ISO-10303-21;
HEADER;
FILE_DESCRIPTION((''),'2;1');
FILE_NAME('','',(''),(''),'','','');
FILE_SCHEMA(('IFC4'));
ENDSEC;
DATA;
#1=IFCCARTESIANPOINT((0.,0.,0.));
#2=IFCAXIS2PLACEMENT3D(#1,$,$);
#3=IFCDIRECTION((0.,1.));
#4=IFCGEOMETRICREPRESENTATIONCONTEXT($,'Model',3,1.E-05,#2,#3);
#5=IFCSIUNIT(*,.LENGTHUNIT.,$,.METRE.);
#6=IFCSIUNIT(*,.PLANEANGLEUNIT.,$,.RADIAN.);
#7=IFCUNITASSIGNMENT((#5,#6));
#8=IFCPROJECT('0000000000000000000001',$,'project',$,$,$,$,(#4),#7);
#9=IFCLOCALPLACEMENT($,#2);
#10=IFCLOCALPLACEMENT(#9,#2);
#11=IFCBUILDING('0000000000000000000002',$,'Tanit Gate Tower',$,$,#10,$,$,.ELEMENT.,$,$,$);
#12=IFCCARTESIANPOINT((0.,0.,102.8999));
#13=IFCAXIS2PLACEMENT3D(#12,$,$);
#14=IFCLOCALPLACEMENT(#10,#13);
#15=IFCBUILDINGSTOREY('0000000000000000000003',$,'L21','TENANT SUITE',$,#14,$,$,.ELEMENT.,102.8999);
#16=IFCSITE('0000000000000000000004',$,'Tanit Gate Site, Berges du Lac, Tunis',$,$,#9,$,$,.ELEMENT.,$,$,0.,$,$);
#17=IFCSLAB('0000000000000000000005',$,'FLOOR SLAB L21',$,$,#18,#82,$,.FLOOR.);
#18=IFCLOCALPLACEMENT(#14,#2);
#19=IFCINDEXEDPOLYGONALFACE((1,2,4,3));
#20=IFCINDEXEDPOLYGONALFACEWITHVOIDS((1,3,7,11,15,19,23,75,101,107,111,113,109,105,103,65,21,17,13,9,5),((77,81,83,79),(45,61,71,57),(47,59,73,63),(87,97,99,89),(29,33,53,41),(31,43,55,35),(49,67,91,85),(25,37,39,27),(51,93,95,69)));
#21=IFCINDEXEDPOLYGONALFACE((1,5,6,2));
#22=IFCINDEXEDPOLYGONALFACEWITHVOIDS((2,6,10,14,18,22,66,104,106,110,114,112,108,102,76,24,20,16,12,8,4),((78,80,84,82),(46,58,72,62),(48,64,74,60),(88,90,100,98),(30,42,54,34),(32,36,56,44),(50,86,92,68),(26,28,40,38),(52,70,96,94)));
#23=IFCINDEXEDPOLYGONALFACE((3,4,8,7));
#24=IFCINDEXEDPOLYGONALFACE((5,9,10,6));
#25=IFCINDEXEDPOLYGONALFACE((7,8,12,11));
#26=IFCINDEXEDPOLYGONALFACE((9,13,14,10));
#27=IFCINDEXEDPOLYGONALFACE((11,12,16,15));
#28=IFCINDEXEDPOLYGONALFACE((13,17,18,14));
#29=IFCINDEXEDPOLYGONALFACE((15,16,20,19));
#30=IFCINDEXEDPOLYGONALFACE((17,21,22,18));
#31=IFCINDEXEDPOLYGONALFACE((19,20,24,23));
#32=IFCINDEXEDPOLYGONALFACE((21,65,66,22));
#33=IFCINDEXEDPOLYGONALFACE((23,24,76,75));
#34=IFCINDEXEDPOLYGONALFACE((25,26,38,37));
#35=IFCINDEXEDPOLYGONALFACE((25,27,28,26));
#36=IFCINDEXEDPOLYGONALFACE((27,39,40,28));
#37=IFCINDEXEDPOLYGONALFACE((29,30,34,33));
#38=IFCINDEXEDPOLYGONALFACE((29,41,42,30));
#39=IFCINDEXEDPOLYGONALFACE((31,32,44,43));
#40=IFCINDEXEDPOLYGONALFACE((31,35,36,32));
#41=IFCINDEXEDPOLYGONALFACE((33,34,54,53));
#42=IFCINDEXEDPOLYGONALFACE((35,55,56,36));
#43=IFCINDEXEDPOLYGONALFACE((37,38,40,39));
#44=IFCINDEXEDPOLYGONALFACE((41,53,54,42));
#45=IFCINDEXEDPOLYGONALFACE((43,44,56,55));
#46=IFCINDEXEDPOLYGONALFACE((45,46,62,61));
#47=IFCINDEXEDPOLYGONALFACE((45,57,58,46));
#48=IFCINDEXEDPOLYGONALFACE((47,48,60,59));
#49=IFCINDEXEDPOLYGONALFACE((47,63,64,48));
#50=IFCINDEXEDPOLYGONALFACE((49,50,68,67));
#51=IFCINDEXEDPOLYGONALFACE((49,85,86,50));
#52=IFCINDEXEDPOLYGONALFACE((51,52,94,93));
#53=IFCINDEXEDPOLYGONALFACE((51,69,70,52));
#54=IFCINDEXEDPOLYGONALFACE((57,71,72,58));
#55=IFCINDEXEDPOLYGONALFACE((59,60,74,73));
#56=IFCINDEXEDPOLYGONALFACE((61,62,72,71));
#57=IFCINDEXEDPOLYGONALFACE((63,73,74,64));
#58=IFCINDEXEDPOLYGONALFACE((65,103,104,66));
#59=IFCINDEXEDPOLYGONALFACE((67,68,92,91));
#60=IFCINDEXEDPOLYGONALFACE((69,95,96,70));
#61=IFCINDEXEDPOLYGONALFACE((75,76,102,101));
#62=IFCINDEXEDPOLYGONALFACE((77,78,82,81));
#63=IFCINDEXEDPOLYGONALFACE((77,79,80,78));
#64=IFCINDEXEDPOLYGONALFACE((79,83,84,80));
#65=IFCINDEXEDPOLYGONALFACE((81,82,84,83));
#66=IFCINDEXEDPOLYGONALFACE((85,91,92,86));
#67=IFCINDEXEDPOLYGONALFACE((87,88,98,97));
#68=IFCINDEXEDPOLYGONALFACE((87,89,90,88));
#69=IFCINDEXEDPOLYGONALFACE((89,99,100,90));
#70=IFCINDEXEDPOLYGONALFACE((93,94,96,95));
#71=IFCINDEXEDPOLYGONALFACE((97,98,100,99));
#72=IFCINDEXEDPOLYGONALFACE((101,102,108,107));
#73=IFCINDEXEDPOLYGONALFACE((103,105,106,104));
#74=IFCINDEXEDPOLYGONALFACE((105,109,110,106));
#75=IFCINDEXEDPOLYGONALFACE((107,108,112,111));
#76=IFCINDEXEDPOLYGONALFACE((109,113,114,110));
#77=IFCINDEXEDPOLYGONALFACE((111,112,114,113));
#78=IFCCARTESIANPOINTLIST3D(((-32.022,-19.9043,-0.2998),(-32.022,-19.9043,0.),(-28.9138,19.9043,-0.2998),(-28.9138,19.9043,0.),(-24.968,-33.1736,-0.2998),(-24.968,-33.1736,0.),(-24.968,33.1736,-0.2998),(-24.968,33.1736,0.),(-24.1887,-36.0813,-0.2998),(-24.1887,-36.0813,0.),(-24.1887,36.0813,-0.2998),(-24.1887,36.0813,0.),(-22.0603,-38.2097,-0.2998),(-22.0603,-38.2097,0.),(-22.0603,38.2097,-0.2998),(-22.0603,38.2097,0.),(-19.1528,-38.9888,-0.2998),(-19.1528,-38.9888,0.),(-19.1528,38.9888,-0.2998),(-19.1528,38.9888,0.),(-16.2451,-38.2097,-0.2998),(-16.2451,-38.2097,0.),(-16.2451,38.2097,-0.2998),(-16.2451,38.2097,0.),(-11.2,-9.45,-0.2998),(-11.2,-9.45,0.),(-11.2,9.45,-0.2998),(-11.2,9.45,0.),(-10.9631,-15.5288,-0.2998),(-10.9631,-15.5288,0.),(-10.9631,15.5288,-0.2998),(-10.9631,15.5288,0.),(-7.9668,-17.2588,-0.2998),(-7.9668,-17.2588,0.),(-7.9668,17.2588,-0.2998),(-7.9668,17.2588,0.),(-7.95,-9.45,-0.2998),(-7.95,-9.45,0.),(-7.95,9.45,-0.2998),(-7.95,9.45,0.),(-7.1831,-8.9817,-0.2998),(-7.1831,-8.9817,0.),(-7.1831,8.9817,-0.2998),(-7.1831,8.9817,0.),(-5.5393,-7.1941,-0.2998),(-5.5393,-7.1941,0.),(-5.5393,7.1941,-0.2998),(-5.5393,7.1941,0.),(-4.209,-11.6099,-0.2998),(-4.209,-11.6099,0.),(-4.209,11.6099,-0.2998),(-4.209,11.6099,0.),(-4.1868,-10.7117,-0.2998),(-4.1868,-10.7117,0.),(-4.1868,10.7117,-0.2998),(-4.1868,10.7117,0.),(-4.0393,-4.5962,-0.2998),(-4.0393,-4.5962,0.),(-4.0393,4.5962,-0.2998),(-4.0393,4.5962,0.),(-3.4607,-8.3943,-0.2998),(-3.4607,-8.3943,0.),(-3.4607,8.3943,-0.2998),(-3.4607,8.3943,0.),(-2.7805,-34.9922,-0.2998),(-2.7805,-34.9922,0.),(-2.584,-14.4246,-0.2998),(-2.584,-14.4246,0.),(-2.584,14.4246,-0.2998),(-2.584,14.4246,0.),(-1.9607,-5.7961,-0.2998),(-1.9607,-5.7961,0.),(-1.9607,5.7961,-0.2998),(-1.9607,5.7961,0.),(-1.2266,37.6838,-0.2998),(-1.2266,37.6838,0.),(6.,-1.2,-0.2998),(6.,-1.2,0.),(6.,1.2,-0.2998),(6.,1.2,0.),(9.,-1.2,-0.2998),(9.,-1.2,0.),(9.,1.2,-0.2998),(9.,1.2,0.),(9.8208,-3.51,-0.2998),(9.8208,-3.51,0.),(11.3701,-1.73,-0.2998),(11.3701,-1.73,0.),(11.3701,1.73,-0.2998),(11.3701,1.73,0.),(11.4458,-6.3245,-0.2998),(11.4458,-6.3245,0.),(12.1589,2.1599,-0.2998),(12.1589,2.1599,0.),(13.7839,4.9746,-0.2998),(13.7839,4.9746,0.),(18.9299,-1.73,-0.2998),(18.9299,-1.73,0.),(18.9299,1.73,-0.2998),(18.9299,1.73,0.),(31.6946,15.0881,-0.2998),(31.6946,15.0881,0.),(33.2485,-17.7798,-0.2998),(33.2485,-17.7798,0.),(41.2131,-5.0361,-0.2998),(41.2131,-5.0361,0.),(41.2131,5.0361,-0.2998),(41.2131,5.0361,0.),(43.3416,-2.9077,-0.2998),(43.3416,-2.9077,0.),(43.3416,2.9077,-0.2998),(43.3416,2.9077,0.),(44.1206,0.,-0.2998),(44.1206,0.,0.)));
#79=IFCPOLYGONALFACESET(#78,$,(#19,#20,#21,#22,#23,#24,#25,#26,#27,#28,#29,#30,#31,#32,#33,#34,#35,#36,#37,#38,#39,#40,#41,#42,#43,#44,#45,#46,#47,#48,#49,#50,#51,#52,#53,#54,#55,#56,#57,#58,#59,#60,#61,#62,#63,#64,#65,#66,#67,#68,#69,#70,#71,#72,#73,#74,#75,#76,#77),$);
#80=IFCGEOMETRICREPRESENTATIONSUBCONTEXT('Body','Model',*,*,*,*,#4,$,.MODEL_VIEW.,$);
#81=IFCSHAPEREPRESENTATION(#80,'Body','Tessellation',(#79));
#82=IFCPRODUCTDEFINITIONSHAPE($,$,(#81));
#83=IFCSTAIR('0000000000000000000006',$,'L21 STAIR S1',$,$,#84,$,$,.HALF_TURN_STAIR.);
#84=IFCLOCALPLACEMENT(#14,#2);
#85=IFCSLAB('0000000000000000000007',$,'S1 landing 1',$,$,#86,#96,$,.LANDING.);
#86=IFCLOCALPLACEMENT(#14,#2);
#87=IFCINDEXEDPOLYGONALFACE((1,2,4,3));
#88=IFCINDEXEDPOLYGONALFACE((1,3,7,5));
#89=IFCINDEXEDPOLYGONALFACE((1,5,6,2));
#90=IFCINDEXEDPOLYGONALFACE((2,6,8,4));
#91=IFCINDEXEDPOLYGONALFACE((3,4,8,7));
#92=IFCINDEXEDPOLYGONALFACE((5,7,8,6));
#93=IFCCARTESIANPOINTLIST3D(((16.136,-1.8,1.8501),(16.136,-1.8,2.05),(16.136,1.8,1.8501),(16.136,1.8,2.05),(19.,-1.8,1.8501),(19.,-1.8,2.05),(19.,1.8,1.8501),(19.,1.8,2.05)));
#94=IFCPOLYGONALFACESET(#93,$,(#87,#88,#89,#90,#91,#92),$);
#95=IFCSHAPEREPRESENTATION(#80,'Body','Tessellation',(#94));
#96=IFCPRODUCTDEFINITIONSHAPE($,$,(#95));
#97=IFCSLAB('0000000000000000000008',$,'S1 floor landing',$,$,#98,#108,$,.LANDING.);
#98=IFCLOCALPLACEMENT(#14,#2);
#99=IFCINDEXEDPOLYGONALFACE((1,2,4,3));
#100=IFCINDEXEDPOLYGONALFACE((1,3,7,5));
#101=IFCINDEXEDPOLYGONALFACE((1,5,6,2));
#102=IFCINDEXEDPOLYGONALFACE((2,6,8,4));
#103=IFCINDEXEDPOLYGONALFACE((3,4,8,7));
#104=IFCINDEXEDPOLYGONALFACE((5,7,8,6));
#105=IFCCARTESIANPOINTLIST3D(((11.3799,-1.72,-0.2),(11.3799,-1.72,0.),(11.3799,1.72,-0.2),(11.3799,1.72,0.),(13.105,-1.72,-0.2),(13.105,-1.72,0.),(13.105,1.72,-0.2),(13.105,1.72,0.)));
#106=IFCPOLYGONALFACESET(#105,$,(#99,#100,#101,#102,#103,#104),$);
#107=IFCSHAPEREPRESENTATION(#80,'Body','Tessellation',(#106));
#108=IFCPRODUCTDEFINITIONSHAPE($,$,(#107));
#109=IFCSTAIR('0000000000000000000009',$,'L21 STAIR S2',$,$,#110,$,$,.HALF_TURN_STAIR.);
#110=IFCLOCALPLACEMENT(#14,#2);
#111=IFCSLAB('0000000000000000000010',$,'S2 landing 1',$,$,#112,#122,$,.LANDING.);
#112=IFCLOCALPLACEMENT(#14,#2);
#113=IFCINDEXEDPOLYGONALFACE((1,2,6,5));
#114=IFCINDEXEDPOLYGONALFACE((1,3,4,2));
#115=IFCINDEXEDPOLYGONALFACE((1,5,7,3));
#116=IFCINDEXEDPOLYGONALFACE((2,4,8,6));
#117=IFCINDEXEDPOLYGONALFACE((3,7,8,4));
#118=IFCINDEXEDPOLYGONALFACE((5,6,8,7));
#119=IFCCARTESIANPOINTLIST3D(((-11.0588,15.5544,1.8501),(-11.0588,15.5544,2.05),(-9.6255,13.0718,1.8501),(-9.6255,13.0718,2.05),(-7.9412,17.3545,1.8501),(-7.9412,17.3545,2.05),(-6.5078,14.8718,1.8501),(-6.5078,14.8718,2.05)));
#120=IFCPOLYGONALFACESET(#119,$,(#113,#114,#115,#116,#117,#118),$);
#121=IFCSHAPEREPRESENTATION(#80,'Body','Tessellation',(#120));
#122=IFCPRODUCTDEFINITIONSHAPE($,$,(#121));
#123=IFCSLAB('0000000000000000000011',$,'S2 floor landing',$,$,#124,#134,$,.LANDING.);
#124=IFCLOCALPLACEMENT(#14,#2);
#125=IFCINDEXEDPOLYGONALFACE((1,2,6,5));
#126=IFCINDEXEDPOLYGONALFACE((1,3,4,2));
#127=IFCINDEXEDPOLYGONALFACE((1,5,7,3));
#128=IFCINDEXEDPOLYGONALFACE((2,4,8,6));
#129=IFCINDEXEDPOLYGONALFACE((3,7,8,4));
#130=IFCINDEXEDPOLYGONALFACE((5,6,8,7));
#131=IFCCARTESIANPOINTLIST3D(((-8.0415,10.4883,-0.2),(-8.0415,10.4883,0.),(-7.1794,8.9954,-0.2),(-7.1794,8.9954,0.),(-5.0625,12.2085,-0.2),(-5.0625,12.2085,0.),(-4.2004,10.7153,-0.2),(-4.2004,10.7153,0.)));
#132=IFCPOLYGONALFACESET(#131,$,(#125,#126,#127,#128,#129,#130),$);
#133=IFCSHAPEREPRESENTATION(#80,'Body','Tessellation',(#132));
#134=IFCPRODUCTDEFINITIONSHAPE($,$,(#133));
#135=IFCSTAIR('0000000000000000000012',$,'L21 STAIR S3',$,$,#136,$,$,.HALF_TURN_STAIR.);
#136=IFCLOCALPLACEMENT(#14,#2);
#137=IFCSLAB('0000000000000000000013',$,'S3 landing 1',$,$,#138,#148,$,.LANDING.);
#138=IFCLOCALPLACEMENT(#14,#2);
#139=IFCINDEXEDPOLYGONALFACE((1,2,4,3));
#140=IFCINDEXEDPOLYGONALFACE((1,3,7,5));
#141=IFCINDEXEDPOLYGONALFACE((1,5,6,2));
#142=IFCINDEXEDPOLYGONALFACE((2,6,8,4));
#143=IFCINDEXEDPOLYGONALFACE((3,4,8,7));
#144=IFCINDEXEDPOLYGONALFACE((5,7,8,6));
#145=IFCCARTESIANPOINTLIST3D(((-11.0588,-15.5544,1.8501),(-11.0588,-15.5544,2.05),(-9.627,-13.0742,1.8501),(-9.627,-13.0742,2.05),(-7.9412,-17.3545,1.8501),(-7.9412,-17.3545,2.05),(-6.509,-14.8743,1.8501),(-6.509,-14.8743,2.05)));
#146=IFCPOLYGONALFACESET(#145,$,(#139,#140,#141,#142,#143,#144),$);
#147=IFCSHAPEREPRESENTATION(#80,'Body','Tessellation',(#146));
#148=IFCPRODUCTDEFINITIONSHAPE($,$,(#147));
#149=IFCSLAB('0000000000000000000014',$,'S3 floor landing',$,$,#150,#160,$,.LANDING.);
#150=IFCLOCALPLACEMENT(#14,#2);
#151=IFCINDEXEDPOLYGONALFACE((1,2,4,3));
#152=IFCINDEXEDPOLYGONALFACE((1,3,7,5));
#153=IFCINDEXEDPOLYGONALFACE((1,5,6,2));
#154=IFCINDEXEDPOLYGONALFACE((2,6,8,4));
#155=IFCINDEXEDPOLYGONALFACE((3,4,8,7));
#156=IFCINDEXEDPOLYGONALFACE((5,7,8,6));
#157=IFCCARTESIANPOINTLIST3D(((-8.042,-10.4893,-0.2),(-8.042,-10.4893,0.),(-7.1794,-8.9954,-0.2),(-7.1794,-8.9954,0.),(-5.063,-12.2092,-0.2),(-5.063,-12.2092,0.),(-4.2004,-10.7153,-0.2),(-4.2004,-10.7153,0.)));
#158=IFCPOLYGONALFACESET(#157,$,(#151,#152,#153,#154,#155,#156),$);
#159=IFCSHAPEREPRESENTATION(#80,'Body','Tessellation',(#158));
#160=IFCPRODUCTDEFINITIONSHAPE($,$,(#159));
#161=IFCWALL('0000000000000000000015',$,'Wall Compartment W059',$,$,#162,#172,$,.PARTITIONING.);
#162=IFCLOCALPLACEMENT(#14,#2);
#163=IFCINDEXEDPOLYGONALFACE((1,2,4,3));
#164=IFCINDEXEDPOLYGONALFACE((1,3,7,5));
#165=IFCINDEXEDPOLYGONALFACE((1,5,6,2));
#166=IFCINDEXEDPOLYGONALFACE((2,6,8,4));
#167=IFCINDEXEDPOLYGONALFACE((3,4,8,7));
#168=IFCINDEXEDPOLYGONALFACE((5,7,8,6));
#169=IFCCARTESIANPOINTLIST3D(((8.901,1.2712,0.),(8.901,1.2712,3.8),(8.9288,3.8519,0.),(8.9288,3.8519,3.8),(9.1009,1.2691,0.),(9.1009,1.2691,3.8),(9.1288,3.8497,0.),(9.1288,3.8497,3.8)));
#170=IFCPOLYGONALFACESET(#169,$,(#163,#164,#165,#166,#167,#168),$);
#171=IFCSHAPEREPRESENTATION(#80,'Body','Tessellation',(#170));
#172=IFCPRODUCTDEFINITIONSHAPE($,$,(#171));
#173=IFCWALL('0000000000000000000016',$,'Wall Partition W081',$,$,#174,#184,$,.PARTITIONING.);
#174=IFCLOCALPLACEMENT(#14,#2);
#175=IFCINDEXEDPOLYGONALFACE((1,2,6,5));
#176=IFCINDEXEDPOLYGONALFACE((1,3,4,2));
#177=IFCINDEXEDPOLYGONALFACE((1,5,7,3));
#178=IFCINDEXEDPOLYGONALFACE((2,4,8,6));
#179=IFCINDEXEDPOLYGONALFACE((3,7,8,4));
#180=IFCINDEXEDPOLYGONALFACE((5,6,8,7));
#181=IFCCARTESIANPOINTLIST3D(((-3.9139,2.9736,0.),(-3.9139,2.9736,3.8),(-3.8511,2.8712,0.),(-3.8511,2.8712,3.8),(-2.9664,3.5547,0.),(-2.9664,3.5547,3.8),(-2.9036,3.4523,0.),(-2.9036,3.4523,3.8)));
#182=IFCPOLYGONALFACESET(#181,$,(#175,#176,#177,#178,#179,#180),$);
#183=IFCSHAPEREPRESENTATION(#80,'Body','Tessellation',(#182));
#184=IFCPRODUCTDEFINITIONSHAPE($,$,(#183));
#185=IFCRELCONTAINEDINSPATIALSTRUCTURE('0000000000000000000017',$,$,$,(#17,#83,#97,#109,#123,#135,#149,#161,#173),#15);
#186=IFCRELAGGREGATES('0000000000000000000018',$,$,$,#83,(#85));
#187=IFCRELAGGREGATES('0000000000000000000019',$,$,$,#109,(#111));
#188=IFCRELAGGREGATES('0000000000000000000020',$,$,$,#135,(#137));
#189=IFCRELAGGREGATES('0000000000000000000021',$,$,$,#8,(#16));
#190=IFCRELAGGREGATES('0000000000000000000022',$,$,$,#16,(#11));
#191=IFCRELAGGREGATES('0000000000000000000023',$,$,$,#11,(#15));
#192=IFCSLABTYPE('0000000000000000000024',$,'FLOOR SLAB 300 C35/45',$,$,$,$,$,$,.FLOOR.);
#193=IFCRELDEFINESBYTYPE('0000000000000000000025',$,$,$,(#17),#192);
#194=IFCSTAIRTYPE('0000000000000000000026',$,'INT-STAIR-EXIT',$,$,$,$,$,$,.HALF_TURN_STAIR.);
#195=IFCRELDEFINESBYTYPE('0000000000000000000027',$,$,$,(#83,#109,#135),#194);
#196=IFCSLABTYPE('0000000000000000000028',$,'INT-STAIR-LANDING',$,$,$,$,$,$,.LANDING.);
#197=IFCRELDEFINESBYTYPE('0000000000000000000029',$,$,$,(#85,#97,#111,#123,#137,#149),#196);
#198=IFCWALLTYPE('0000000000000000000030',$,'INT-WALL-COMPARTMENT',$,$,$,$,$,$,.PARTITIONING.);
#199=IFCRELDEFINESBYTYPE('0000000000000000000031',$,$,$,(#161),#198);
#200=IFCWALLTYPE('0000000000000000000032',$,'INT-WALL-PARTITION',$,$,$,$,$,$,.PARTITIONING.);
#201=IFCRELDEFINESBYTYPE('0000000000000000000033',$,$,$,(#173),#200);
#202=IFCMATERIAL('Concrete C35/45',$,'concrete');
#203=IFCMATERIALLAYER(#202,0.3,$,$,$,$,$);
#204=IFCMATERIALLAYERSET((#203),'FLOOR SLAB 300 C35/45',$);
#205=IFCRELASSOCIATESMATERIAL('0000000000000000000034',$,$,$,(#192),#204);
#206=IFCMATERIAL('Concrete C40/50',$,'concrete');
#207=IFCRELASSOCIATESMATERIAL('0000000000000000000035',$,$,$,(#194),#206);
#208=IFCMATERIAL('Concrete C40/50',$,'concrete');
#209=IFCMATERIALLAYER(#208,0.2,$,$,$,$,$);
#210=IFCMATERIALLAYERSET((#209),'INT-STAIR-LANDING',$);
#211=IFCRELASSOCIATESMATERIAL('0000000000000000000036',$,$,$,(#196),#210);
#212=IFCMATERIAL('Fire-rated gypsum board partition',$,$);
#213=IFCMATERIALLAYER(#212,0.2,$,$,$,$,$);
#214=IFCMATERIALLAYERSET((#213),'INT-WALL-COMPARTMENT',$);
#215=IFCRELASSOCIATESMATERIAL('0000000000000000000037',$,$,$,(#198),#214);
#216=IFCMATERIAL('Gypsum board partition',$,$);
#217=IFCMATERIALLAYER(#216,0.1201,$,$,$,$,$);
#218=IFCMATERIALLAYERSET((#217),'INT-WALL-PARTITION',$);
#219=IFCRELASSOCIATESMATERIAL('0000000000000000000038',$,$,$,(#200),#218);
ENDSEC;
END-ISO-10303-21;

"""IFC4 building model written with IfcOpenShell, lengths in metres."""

from ifc_helpers import new_model, si_unit, direction, frame, frame_2d, origin, place, context, subcontext, project, spatial, polyline, rectangle, outline, extrude, material, layer, layer_set, type_object, element, aggregate, save


model = new_model("IFC4")

# Units and contexts
model_context = context("Model", 3, precision=1e-05, world=origin(), true_north=direction((0.0, 1.0)))
body_context = subcontext(model_context, "Body", "Model", "MODEL_VIEW")
ifc_project = project(units=[si_unit("LENGTHUNIT", "METRE"), si_unit("PLANEANGLEUNIT", "RADIAN")], contexts=[model_context])

# Site, building, storey
site_placement = place(None, origin())
site = spatial("IfcSite", under=ifc_project, at=site_placement, Name="Tanit Gate Site, Berges du Lac, Tunis", CompositionType="ELEMENT", RefElevation=0.0)
building_placement = place(site_placement, origin())
building = spatial("IfcBuilding", under=site, at=building_placement, Name="Tanit Gate Tower", CompositionType="ELEMENT")
storey_placement = place(building_placement, frame((0.0, 0.0, 102.8999)))
storey = spatial("IfcBuildingStorey", under=building, at=storey_placement, Name="L21", Description="TENANT SUITE", CompositionType="ELEMENT", Elevation=102.8999)

# Slab
ifc_material_1 = material(Name="Concrete C35/45", Category="concrete")
ifc_layer_1 = layer(ifc_material_1, 0.3)
ifc_layer_set_1 = layer_set([ifc_layer_1], Name="FLOOR SLAB 300 C35/45")
slab_type_1 = type_object("IfcSlabType", Name="FLOOR SLAB 300 C35/45", PredefinedType="FLOOR", material=ifc_layer_set_1)
slab_1_placement = place(storey_placement, frame((0.0, 0.0, -0.2998)))
element("IfcSlab", 1, at=slab_1_placement, inside=storey, type_object=slab_type_1, Name="FLOOR SLAB L21", PredefinedType="FLOOR", context=body_context, shape_type="SweptSolid", body=[
    extrude(outline(polyline([(41.2131, 5.0361), (43.3416, 2.9077), (44.1206, 0.0), (43.3416, -2.9077), (41.2131, -5.0361), (33.2485, -17.7798), (-2.7805, -34.9922), (-16.2451, -38.2097), (-19.1528, -38.9888), (-22.0603, -38.2097), (-24.1887, -36.0813), (-24.968, -33.1736), (-32.022, -19.9043), (-28.9138, 19.9043), (-24.968, 33.1736), (-24.1887, 36.0813), (-22.0603, 38.2097), (-19.1528, 38.9888), (-16.2451, 38.2097), (-1.2266, 37.6838), (31.6946, 15.0881), (41.2131, 5.0361)]), holes=[polyline([(11.3701, 1.73), (18.9299, 1.73), (18.9299, -1.73), (11.3701, -1.73), (11.3701, 1.73)]), polyline([(-4.209, 11.6099), (-2.584, 14.4246), (13.7839, 4.9746), (12.1589, 2.1599), (-4.209, 11.6099)]), polyline([(-4.209, -11.6099), (9.8208, -3.51), (11.4458, -6.3245), (-2.584, -14.4246), (-4.209, -11.6099)]), polyline([(9.0, 1.2), (9.0, -1.2), (6.0, -1.2), (6.0, 1.2), (9.0, 1.2)]), polyline([(-5.5393, 7.1941), (-3.4607, 8.3943), (-1.9607, 5.7961), (-4.0393, 4.5962), (-5.5393, 7.1941)]), polyline([(-1.9607, -5.7961), (-3.4607, -8.3943), (-5.5393, -7.1941), (-4.0393, -4.5962), (-1.9607, -5.7961)]), polyline([(-10.9631, 15.5288), (-7.9668, 17.2588), (-4.1868, 10.7117), (-7.1831, 8.9817), (-10.9631, 15.5288)]), polyline([(-4.1868, -10.7117), (-7.9668, -17.2588), (-10.9631, -15.5288), (-7.1831, -8.9817), (-4.1868, -10.7117)]), polyline([(-11.2, -9.45), (-11.2, 9.45), (-7.95, 9.45), (-7.95, -9.45), (-11.2, -9.45)])]), origin(), (0.0, 0.0, 1.0), 0.2998),
])

# Stair, slab
ifc_material_2 = material(Name="Concrete C40/50", Category="concrete")
stair_type = type_object("IfcStairType", Name="INT-STAIR-EXIT", PredefinedType="HALF_TURN_STAIR", material=ifc_material_2)
stair_1_placement = place(storey_placement, origin())
stair_1 = element("IfcStair", 2, at=stair_1_placement, inside=storey, type_object=stair_type, Name="L21 STAIR S1", PredefinedType="HALF_TURN_STAIR")
ifc_material_3 = material(Name="Concrete C40/50", Category="concrete")
ifc_layer_2 = layer(ifc_material_3, 0.2)
ifc_layer_set_2 = layer_set([ifc_layer_2], Name="INT-STAIR-LANDING")
slab_type_2 = type_object("IfcSlabType", Name="INT-STAIR-LANDING", PredefinedType="LANDING", material=ifc_layer_set_2)
slab_2_placement = place(storey_placement, frame((0.0, 0.0, 1.8501)))
slab_2 = element("IfcSlab", 3, at=slab_2_placement, type_object=slab_type_2, Name="S1 landing 1", PredefinedType="LANDING", context=body_context, shape_type="SweptSolid", body=[
    extrude(outline(polyline([(16.136, -1.8), (19.0, -1.8), (19.0, 1.8), (16.136, 1.8), (16.136, -1.8)])), origin(), (0.0, 0.0, 1.0), 0.2),
])
aggregate(stair_1, [slab_2])

# Slab
slab_3_placement = place(storey_placement, frame((0.0, 0.0, -0.2)))
element("IfcSlab", 4, at=slab_3_placement, inside=storey, type_object=slab_type_2, Name="S1 floor landing", PredefinedType="LANDING", context=body_context, shape_type="SweptSolid", body=[
    extrude(outline(polyline([(11.3799, -1.72), (13.105, -1.72), (13.105, 1.72), (11.3799, 1.72), (11.3799, -1.72)])), origin(), (0.0, 0.0, 1.0), 0.2),
])

# Stair, slab
stair_2_placement = place(storey_placement, origin())
stair_2 = element("IfcStair", 5, at=stair_2_placement, inside=storey, type_object=stair_type, Name="L21 STAIR S2", PredefinedType="HALF_TURN_STAIR")
slab_4_placement = place(storey_placement, frame((0.0, 0.0, 1.8501)))
slab_4 = element("IfcSlab", 6, at=slab_4_placement, type_object=slab_type_2, Name="S2 landing 1", PredefinedType="LANDING", context=body_context, shape_type="SweptSolid", body=[
    extrude(outline(polyline([(-6.5078, 14.8718), (-7.9412, 17.3545), (-11.0588, 15.5544), (-9.6255, 13.0718), (-6.5078, 14.8718)])), origin(), (0.0, 0.0, 1.0), 0.2),
])
aggregate(stair_2, [slab_4])

# Slab
slab_5_placement = place(storey_placement, frame((0.0, 0.0, -0.2)))
element("IfcSlab", 7, at=slab_5_placement, inside=storey, type_object=slab_type_2, Name="S2 floor landing", PredefinedType="LANDING", context=body_context, shape_type="SweptSolid", body=[
    extrude(outline(polyline([(-4.2004, 10.7153), (-5.0625, 12.2085), (-8.0415, 10.4883), (-7.1794, 8.9954), (-4.2004, 10.7153)])), origin(), (0.0, 0.0, 1.0), 0.2),
])

# Stair, slab
stair_3_placement = place(storey_placement, origin())
stair_3 = element("IfcStair", 8, at=stair_3_placement, inside=storey, type_object=stair_type, Name="L21 STAIR S3", PredefinedType="HALF_TURN_STAIR")
slab_6_placement = place(storey_placement, frame((0.0, 0.0, 1.8501)))
slab_6 = element("IfcSlab", 9, at=slab_6_placement, type_object=slab_type_2, Name="S3 landing 1", PredefinedType="LANDING", context=body_context, shape_type="SweptSolid", body=[
    extrude(outline(polyline([(-9.627, -13.0742), (-11.0588, -15.5544), (-7.9412, -17.3545), (-6.509, -14.8743), (-9.627, -13.0742)])), origin(), (0.0, 0.0, 1.0), 0.2),
])
aggregate(stair_3, [slab_6])

# Slab
slab_7_placement = place(storey_placement, frame((0.0, 0.0, -0.2)))
element("IfcSlab", 10, at=slab_7_placement, inside=storey, type_object=slab_type_2, Name="S3 floor landing", PredefinedType="LANDING", context=body_context, shape_type="SweptSolid", body=[
    extrude(outline(polyline([(-7.1794, -8.9954), (-8.042, -10.4893), (-5.063, -12.2092), (-4.2004, -10.7153), (-7.1794, -8.9954)])), origin(), (0.0, 0.0, 1.0), 0.2),
])

# Walls
ifc_material_4 = material(Name="Fire-rated gypsum board partition")
ifc_layer_3 = layer(ifc_material_4, 0.2)
ifc_layer_set_3 = layer_set([ifc_layer_3], Name="INT-WALL-COMPARTMENT")
wall_type_1 = type_object("IfcWallType", Name="INT-WALL-COMPARTMENT", PredefinedType="PARTITIONING", material=ifc_layer_set_3)
wall_1_placement = place(storey_placement, frame((9.001, 1.27, 0.0), z_axis=(0.0, 0.0, 1.0), x_axis=(0.010785, 0.999942, 0.0)))
element("IfcWall", 11, at=wall_1_placement, inside=storey, type_object=wall_type_1, Name="Wall Compartment W059", PredefinedType="PARTITIONING", context=body_context, shape_type="SweptSolid", body=[
    extrude(rectangle(XDim=2.5808, YDim=0.2, at=frame_2d((1.2905, 0.0))), origin(), (0.0, 0.0, 1.0), 3.8),
])
ifc_material_5 = material(Name="Gypsum board partition")
ifc_layer_4 = layer(ifc_material_5, 0.1201)
ifc_layer_set_4 = layer_set([ifc_layer_4], Name="INT-WALL-PARTITION")
wall_type_2 = type_object("IfcWallType", Name="INT-WALL-PARTITION", PredefinedType="PARTITIONING", material=ifc_layer_set_4)
wall_2_placement = place(storey_placement, frame((-2.9351, 3.5034, 0.0), z_axis=(0.0, 0.0, 1.0), x_axis=(-0.852472, -0.522773, 0.0)))
element("IfcWall", 12, at=wall_2_placement, inside=storey, type_object=wall_type_2, Name="Wall Partition W081", PredefinedType="PARTITIONING", context=body_context, shape_type="SweptSolid", body=[
    extrude(rectangle(XDim=1.1116, YDim=0.1201, at=frame_2d((0.5557, 0.0))), origin(), (0.0, 0.0, 1.0), 3.8),
])

save(model, "model.ifc")
